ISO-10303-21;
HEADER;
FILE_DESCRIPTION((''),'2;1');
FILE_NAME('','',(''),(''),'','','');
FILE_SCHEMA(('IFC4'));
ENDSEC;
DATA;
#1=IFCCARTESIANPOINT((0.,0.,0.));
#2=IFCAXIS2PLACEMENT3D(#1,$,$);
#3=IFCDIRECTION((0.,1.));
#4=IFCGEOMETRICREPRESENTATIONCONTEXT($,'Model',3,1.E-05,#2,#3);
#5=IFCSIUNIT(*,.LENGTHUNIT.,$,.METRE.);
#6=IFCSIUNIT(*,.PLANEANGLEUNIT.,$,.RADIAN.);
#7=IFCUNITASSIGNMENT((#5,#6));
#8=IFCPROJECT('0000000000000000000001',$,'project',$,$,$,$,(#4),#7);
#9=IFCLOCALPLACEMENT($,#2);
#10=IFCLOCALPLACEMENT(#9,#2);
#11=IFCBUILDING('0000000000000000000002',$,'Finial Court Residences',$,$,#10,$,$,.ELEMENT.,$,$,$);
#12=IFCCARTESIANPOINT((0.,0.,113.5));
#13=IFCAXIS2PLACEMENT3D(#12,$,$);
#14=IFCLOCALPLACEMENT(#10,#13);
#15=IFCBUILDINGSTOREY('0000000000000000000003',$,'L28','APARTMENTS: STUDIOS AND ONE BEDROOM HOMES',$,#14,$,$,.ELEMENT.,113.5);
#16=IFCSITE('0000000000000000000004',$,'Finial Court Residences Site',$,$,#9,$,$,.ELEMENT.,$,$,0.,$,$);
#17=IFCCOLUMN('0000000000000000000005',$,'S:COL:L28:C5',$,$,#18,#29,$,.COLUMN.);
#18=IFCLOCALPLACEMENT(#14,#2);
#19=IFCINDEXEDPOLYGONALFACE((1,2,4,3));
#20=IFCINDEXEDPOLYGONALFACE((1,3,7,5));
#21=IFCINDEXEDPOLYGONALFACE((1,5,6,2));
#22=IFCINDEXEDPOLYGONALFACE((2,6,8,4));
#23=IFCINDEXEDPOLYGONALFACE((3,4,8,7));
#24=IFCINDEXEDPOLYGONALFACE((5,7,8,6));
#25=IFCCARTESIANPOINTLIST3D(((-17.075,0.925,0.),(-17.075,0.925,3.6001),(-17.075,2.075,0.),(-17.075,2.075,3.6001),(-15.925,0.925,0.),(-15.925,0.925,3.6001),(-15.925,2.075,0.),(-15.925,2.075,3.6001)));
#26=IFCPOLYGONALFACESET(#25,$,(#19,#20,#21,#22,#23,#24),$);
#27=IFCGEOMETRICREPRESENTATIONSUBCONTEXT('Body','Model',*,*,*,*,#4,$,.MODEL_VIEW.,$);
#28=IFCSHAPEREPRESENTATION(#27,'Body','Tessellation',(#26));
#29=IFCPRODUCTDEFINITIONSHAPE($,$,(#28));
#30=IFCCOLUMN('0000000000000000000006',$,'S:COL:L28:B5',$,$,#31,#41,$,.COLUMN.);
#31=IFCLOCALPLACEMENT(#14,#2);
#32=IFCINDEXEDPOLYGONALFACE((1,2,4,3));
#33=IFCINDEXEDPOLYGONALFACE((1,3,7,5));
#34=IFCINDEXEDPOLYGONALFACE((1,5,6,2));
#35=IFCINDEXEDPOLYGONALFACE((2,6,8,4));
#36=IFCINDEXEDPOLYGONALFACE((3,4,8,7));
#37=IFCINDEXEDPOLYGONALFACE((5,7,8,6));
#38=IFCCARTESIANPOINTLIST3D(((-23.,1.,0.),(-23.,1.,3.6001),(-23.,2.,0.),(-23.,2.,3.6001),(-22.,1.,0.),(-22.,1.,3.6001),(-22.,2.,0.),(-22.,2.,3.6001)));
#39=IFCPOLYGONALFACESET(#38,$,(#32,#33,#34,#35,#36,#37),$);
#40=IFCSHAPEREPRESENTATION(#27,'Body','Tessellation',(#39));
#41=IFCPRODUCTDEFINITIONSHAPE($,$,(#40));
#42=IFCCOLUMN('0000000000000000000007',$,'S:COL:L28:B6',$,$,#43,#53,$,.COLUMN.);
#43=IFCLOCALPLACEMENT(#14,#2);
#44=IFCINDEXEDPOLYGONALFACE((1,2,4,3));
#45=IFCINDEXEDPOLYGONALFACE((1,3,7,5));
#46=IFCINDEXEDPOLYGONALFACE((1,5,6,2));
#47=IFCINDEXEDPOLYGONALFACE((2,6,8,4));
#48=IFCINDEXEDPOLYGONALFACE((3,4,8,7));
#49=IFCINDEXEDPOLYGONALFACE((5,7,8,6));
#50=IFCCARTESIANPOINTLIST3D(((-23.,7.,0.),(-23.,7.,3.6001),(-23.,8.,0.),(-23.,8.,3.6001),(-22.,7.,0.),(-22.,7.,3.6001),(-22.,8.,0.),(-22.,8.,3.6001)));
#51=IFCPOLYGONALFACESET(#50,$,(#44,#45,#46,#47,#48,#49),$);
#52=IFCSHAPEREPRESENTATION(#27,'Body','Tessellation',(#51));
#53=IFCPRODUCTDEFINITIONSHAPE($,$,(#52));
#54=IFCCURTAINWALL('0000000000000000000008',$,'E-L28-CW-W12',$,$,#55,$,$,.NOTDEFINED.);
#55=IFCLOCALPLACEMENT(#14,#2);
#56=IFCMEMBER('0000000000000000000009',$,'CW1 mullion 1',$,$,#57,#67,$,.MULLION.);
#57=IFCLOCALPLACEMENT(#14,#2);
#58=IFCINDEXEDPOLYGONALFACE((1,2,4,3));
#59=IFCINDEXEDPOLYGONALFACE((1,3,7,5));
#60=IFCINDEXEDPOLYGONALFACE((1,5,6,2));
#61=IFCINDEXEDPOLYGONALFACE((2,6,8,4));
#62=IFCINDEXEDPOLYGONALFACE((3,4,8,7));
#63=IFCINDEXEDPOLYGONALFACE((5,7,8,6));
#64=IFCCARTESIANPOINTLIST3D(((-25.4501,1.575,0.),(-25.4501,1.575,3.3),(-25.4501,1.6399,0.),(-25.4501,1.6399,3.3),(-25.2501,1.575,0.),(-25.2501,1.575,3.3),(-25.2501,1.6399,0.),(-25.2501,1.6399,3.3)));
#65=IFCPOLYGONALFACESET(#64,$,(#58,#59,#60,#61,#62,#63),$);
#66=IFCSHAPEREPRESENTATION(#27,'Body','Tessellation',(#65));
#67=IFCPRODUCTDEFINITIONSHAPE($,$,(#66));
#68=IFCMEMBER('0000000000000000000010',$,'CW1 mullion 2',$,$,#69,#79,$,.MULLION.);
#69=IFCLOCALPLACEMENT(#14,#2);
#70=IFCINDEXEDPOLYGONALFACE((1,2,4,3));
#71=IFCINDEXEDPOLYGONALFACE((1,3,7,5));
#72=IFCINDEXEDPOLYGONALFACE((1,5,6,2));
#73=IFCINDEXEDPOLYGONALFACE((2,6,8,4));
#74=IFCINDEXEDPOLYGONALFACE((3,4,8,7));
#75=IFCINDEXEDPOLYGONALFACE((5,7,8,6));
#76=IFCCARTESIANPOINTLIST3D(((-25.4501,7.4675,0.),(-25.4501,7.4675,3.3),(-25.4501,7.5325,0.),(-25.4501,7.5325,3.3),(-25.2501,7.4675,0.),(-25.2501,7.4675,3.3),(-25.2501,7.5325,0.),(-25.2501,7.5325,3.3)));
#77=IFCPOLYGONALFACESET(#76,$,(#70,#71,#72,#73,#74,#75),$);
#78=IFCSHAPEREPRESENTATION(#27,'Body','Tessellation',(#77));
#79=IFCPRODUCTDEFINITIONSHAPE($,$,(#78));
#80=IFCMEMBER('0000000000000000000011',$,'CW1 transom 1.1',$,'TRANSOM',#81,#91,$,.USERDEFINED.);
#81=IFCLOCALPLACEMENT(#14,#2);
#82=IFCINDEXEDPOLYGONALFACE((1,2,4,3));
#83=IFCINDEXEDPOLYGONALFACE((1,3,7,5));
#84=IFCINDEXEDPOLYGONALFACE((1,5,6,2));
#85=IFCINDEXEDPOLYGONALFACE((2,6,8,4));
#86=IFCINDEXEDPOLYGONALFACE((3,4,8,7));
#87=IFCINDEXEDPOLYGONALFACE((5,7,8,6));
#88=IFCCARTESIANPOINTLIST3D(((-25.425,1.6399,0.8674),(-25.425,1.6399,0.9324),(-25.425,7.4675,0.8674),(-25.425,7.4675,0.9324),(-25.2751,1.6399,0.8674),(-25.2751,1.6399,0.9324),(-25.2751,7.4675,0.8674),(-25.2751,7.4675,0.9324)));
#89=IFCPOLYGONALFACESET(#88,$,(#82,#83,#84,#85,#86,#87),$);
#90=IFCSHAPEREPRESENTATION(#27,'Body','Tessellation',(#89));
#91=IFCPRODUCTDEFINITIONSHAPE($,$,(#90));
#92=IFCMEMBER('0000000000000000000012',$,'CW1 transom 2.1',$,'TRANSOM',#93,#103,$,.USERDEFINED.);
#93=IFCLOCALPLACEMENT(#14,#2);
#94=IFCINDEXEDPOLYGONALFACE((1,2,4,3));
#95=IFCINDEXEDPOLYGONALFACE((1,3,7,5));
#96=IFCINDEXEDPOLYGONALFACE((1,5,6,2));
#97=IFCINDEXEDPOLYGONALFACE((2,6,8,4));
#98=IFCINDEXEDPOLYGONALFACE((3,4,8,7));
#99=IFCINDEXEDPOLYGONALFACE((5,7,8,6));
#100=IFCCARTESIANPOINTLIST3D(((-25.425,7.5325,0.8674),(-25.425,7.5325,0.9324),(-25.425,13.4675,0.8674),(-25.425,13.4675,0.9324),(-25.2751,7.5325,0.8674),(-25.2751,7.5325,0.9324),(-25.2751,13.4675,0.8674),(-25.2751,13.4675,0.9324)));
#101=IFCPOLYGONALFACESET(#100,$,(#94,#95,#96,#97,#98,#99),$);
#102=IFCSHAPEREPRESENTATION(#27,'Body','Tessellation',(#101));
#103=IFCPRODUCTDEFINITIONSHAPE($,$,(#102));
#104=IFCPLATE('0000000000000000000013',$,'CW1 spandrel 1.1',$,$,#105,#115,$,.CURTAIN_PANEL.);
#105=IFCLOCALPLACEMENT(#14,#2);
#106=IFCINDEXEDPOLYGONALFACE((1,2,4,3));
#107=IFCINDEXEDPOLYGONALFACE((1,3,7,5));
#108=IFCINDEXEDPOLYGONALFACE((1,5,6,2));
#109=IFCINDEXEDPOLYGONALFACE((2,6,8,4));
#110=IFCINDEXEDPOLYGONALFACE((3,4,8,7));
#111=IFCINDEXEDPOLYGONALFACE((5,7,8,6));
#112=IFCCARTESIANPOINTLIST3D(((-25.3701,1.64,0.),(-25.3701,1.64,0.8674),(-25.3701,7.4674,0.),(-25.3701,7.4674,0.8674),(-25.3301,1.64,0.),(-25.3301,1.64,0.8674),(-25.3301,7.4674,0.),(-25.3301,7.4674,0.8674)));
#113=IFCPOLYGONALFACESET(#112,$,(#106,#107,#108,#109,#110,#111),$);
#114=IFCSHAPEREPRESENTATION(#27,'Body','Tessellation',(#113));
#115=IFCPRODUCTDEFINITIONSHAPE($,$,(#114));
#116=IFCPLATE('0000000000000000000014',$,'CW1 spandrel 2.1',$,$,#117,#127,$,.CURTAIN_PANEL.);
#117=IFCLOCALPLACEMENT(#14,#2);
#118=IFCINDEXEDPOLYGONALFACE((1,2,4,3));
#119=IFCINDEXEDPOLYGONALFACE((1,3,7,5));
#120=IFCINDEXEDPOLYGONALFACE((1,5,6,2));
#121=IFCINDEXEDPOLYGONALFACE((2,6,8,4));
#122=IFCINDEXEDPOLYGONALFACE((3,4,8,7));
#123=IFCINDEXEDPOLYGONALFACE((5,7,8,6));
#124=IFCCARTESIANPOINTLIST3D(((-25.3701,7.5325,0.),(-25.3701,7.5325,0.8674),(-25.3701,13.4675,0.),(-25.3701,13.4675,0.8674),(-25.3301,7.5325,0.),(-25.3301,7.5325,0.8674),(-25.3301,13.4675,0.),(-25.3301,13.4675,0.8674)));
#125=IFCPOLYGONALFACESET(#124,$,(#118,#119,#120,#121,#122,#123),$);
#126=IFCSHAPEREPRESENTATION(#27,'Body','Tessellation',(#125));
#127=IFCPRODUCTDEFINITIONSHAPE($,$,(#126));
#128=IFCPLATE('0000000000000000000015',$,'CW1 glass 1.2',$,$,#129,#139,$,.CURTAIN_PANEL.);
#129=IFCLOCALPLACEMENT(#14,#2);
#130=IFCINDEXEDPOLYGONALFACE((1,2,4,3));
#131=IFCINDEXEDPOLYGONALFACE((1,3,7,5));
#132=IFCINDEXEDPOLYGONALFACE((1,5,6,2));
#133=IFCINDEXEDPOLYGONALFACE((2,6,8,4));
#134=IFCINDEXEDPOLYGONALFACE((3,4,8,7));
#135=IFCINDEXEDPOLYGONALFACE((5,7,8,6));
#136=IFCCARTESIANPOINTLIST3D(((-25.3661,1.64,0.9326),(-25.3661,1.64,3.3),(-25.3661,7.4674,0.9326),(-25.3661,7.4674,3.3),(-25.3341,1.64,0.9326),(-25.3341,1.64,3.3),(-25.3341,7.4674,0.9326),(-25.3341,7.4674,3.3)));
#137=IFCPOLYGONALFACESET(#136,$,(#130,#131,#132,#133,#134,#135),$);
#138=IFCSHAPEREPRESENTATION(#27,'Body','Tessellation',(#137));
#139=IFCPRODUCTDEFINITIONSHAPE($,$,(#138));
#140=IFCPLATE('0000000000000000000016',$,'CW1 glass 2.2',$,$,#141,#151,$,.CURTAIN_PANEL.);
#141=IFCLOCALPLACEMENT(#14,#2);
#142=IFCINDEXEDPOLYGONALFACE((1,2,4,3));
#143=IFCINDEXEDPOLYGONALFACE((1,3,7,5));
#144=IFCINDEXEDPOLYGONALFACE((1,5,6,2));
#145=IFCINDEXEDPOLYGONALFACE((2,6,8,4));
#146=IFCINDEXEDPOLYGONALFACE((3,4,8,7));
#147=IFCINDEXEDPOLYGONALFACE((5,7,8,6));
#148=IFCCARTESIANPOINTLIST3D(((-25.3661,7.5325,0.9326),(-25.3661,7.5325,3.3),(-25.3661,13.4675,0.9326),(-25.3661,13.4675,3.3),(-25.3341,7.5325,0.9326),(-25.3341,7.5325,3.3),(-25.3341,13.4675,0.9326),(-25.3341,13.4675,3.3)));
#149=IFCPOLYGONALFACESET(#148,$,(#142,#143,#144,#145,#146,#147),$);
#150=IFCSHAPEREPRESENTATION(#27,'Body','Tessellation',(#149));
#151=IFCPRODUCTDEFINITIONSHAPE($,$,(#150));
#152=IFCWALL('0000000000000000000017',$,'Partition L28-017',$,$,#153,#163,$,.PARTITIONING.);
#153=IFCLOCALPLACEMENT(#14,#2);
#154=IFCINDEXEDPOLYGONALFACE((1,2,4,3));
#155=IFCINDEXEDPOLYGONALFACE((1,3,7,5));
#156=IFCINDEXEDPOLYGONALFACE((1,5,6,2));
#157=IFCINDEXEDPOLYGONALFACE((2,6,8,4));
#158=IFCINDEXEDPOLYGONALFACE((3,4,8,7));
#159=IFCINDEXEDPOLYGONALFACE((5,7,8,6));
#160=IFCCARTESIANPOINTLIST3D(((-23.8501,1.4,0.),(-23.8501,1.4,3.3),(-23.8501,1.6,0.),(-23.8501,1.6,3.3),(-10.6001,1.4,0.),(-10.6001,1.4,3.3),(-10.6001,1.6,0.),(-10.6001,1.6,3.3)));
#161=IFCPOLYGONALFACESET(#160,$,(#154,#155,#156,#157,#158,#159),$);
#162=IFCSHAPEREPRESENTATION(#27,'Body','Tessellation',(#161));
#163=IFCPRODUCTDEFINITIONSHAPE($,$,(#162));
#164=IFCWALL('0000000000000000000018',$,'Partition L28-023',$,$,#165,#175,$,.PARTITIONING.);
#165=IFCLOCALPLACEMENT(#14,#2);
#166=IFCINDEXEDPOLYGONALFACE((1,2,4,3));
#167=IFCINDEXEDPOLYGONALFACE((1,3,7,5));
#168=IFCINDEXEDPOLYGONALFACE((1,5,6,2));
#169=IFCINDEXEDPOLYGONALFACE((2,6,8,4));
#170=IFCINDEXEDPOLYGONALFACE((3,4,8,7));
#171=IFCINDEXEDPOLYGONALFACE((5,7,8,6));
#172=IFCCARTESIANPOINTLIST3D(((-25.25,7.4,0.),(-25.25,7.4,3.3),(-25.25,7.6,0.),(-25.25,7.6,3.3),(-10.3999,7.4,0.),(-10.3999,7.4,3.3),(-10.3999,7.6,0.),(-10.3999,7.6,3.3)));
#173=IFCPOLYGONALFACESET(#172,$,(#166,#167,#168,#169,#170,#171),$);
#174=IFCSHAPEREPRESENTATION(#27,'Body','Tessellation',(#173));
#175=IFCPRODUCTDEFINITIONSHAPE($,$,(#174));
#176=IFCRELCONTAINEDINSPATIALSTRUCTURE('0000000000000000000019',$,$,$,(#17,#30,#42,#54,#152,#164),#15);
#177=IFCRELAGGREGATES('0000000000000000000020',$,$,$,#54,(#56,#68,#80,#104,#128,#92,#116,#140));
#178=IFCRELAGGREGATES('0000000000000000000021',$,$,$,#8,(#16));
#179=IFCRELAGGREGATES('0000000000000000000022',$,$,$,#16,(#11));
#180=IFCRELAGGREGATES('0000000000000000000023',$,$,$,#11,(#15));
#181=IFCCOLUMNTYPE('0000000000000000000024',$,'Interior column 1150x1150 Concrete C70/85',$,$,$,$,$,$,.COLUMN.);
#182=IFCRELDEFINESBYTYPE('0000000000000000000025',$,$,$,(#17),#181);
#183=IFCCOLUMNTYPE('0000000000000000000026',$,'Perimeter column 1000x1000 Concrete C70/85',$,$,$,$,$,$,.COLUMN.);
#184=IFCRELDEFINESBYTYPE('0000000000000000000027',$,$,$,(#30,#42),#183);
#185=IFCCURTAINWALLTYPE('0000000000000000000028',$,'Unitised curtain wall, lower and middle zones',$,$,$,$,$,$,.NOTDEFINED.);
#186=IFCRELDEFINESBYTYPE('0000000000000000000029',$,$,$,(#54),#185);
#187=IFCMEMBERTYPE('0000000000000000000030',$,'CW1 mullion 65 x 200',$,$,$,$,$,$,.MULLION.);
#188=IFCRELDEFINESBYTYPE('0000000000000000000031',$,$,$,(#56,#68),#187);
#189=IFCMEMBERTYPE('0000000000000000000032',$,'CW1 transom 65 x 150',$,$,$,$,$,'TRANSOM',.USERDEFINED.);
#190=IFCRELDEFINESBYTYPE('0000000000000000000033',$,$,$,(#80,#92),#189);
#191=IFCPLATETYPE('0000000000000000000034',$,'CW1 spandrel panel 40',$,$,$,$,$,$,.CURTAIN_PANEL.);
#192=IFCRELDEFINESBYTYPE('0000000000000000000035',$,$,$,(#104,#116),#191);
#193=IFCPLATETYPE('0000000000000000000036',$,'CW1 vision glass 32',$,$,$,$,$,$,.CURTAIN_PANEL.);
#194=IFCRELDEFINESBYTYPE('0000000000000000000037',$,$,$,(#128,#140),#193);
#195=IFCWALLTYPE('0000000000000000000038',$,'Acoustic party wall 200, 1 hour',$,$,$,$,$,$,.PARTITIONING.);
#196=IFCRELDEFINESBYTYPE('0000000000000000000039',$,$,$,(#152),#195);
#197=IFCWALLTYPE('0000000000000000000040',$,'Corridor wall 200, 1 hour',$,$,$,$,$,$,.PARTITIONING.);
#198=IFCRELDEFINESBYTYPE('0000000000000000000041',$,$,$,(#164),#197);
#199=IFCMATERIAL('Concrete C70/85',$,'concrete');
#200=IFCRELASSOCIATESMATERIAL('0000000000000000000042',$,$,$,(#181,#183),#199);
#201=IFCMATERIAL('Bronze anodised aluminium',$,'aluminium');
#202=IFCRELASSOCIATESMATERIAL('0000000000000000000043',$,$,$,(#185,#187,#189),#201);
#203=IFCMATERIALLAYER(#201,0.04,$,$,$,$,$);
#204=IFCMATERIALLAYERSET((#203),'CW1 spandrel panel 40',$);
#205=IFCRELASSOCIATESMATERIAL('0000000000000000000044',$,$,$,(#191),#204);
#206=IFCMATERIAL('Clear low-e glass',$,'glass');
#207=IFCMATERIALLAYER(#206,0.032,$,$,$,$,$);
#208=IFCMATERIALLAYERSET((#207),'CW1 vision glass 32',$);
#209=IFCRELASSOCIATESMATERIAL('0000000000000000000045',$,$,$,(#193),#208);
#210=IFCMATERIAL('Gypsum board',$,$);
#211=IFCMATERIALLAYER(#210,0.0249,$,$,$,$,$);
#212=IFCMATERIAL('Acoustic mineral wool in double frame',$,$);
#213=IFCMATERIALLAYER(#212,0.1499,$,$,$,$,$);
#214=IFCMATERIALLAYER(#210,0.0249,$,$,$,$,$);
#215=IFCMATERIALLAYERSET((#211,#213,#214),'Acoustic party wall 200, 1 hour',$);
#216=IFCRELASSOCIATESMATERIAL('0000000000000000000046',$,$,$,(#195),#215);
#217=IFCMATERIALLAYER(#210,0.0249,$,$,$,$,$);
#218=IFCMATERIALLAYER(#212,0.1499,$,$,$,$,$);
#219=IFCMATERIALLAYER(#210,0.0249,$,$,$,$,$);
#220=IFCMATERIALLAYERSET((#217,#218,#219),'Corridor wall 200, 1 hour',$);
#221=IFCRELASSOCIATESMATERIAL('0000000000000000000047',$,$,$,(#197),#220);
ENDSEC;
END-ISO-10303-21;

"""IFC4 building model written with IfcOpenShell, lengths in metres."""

from ifc_helpers import new_model, si_unit, direction, frame, frame_2d, origin, origin_2d, place, context, subcontext, project, spatial, rectangle, extrude, material, layer, layer_set, material_profile, profile_set, type_object, element, aggregate, save


model = new_model("IFC4")

# Units and contexts
model_context = context("Model", 3, precision=1e-05, world=origin(), true_north=direction((0.0, 1.0)))
body_context = subcontext(model_context, "Body", "Model", "MODEL_VIEW")
ifc_project = project(units=[si_unit("LENGTHUNIT", "METRE"), si_unit("PLANEANGLEUNIT", "RADIAN")], contexts=[model_context])

# Site, building, storey
site_placement = place(None, origin())
site = spatial("IfcSite", under=ifc_project, at=site_placement, Name="Finial Court Residences Site", CompositionType="ELEMENT", RefElevation=0.0)
building_placement = place(site_placement, origin())
building = spatial("IfcBuilding", under=site, at=building_placement, Name="Finial Court Residences", CompositionType="ELEMENT")
storey_placement = place(building_placement, frame((0.0, 0.0, 113.5)))
storey = spatial("IfcBuildingStorey", under=building, at=storey_placement, Name="L28", Description="APARTMENTS: STUDIOS AND ONE BEDROOM HOMES", CompositionType="ELEMENT", Elevation=113.5)

# Columns
ifc_material_1 = material(Name="Concrete C70/85", Category="concrete")
ifc_material_profile_1 = material_profile(ifc_material_1, rectangle(XDim=1.1499, YDim=1.1499, at=origin_2d()), Name="1150x1150")
ifc_profile_set_1 = profile_set([ifc_material_profile_1], Name="Concrete C70/85")
column_type_1 = type_object("IfcColumnType", Name="Interior column 1150x1150 Concrete C70/85", PredefinedType="COLUMN", material=ifc_profile_set_1)
column_placement = place(storey_placement, frame((-16.5, 1.5, 0.0), z_axis=(0.0, 0.0, 1.0), x_axis=(1.0, 0.0, 0.0)))
element("IfcColumn", 1, at=column_placement, inside=storey, type_object=column_type_1, Name="S:COL:L28:C5", PredefinedType="COLUMN", context=body_context, shape_type="SweptSolid", body=[
    extrude(rectangle(XDim=1.1499, YDim=1.1499, at=origin_2d()), origin(), (0.0, 0.0, 1.0), 3.6001),
])
ifc_material_profile_2 = material_profile(ifc_material_1, rectangle(XDim=1.0, YDim=1.0, at=origin_2d()), Name="1000x1000")
ifc_profile_set_2 = profile_set([ifc_material_profile_2], Name="Concrete C70/85")
column_type_2 = type_object("IfcColumnType", Name="Perimeter column 1000x1000 Concrete C70/85", PredefinedType="COLUMN", material=ifc_profile_set_2)
for number, where, z_axis, x_axis, name in (
    (2, (-22.5, 1.5, 0.0), (0.0, 0.0, 1.0), (1.0, 0.0, 0.0), "S:COL:L28:B5"),
    (3, (-22.5, 7.5, 0.0), (0.0, 0.0, 1.0), (1.0, 0.0, 0.0), "S:COL:L28:B6"),
):
    element("IfcColumn", number, at=place(storey_placement, frame(where, z_axis=z_axis, x_axis=x_axis)), inside=storey, type_object=column_type_2, Name=name, PredefinedType="COLUMN", context=body_context, shape_type="SweptSolid", body=[
        extrude(rectangle(XDim=1.0, YDim=1.0, at=origin_2d()), origin(), (0.0, 0.0, 1.0), 3.6001),
    ])

# Curtain wall, members, plates
ifc_material_2 = material(Name="Bronze anodised aluminium", Category="aluminium")
curtain_wall_type = type_object("IfcCurtainWallType", Name="Unitised curtain wall, lower and middle zones", PredefinedType="NOTDEFINED", material=ifc_material_2)
curtain_wall_placement = place(storey_placement, origin())
curtain_wall = element("IfcCurtainWall", 4, at=curtain_wall_placement, inside=storey, type_object=curtain_wall_type, Name="E-L28-CW-W12", PredefinedType="NOTDEFINED")
ifc_material_profile_3 = material_profile(ifc_material_2, rectangle(XDim=0.2, YDim=0.0649, at=origin_2d()), Name="CW1 mullion 65 x 200")
ifc_profile_set_3 = profile_set([ifc_material_profile_3], Name="Bronze anodised aluminium")
member_type_1 = type_object("IfcMemberType", Name="CW1 mullion 65 x 200", PredefinedType="MULLION", material=ifc_profile_set_3)
member_1_placement = place(storey_placement, frame((-25.3501, 1.6074, 0.0), z_axis=(0.0, 0.0, 1.0), x_axis=(-1.0, 0.0, 0.0)))
member_1 = element("IfcMember", 5, at=member_1_placement, type_object=member_type_1, Name="CW1 mullion 1", PredefinedType="MULLION", context=body_context, shape_type="SweptSolid", body=[
    extrude(rectangle(XDim=0.2, YDim=0.0649, at=origin_2d()), origin(), (0.0, 0.0, 1.0), 3.3),
])
member_2_placement = place(storey_placement, frame((-25.3501, 7.5, 0.0), z_axis=(0.0, 0.0, 1.0), x_axis=(-1.0, 0.0, 0.0)))
member_2 = element("IfcMember", 6, at=member_2_placement, type_object=member_type_1, Name="CW1 mullion 2", PredefinedType="MULLION", context=body_context, shape_type="SweptSolid", body=[
    extrude(rectangle(XDim=0.2, YDim=0.0649, at=origin_2d()), origin(), (0.0, 0.0, 1.0), 3.3),
])
ifc_material_profile_4 = material_profile(ifc_material_2, rectangle(XDim=0.1499, YDim=0.0649, at=origin_2d()), Name="CW1 transom 65 x 150")
ifc_profile_set_4 = profile_set([ifc_material_profile_4], Name="Bronze anodised aluminium")
member_type_2 = type_object("IfcMemberType", Name="CW1 transom 65 x 150", ElementType="TRANSOM", PredefinedType="USERDEFINED", material=ifc_profile_set_4)
member_3_placement = place(storey_placement, frame((-25.3501, 1.6399, 0.8999), z_axis=(0.0, 1.0, 0.0), x_axis=(-1.0, 0.0, 0.0)))
member_3 = element("IfcMember", 7, at=member_3_placement, type_object=member_type_2, Name="CW1 transom 1.1", ObjectType="TRANSOM", PredefinedType="USERDEFINED", context=body_context, shape_type="SweptSolid", body=[
    extrude(rectangle(XDim=0.1499, YDim=0.0649, at=origin_2d()), origin(), (0.0, 0.0, 1.0), 5.8276),
])
member_4_placement = place(storey_placement, frame((-25.3501, 7.5325, 0.8999), z_axis=(0.0, 1.0, 0.0), x_axis=(-1.0, 0.0, 0.0)))
member_4 = element("IfcMember", 8, at=member_4_placement, type_object=member_type_2, Name="CW1 transom 2.1", ObjectType="TRANSOM", PredefinedType="USERDEFINED", context=body_context, shape_type="SweptSolid", body=[
    extrude(rectangle(XDim=0.1499, YDim=0.0649, at=origin_2d()), origin(), (0.0, 0.0, 1.0), 5.9351),
])
ifc_layer_1 = layer(ifc_material_2, 0.04)
ifc_layer_set_1 = layer_set([ifc_layer_1], Name="CW1 spandrel panel 40")
plate_type_1 = type_object("IfcPlateType", Name="CW1 spandrel panel 40", PredefinedType="CURTAIN_PANEL", material=ifc_layer_set_1)
plate_1_placement = place(storey_placement, frame((-25.3501, 4.5537, 0.0), z_axis=(0.0, 0.0, 1.0), x_axis=(0.0, 1.0, 0.0)))
plate_1 = element("IfcPlate", 9, at=plate_1_placement, type_object=plate_type_1, Name="CW1 spandrel 1.1", PredefinedType="CURTAIN_PANEL", context=body_context, shape_type="SweptSolid", body=[
    extrude(rectangle(XDim=5.8274, YDim=0.04, at=origin_2d()), origin(), (0.0, 0.0, 1.0), 0.8674),
])
plate_2_placement = place(storey_placement, frame((-25.3501, 10.5, 0.0), z_axis=(0.0, 0.0, 1.0), x_axis=(0.0, 1.0, 0.0)))
plate_2 = element("IfcPlate", 10, at=plate_2_placement, type_object=plate_type_1, Name="CW1 spandrel 2.1", PredefinedType="CURTAIN_PANEL", context=body_context, shape_type="SweptSolid", body=[
    extrude(rectangle(XDim=5.9351, YDim=0.04, at=origin_2d()), origin(), (0.0, 0.0, 1.0), 0.8674),
])
ifc_material_3 = material(Name="Clear low-e glass", Category="glass")
ifc_layer_2 = layer(ifc_material_3, 0.032)
ifc_layer_set_2 = layer_set([ifc_layer_2], Name="CW1 vision glass 32")
plate_type_2 = type_object("IfcPlateType", Name="CW1 vision glass 32", PredefinedType="CURTAIN_PANEL", material=ifc_layer_set_2)
plate_3_placement = place(storey_placement, frame((-25.3501, 4.5537, 0.9326), z_axis=(0.0, 0.0, 1.0), x_axis=(0.0, 1.0, 0.0)))
plate_3 = element("IfcPlate", 11, at=plate_3_placement, type_object=plate_type_2, Name="CW1 glass 1.2", PredefinedType="CURTAIN_PANEL", context=body_context, shape_type="SweptSolid", body=[
    extrude(rectangle(XDim=5.8274, YDim=0.032, at=origin_2d()), origin(), (0.0, 0.0, 1.0), 2.3674),
])
plate_4_placement = place(storey_placement, frame((-25.3501, 10.5, 0.9326), z_axis=(0.0, 0.0, 1.0), x_axis=(0.0, 1.0, 0.0)))
plate_4 = element("IfcPlate", 12, at=plate_4_placement, type_object=plate_type_2, Name="CW1 glass 2.2", PredefinedType="CURTAIN_PANEL", context=body_context, shape_type="SweptSolid", body=[
    extrude(rectangle(XDim=5.9351, YDim=0.032, at=origin_2d()), origin(), (0.0, 0.0, 1.0), 2.3674),
])
aggregate(curtain_wall, [member_1, member_2, member_3, plate_1, plate_3, member_4, plate_2, plate_4])

# Walls
ifc_material_4 = material(Name="Gypsum board")
ifc_layer_3 = layer(ifc_material_4, 0.0249)
ifc_material_5 = material(Name="Acoustic mineral wool in double frame")
ifc_layer_4 = layer(ifc_material_5, 0.1499)
ifc_layer_5 = layer(ifc_material_4, 0.0249)
ifc_layer_set_3 = layer_set([ifc_layer_3, ifc_layer_4, ifc_layer_5], Name="Acoustic party wall 200, 1 hour")
wall_type_1 = type_object("IfcWallType", Name="Acoustic party wall 200, 1 hour", PredefinedType="PARTITIONING", material=ifc_layer_set_3)
wall_1_placement = place(storey_placement, frame((-23.8501, 1.5, 0.0), z_axis=(0.0, 0.0, 1.0), x_axis=(1.0, 0.0, 0.0)))
element("IfcWall", 13, at=wall_1_placement, inside=storey, type_object=wall_type_1, Name="Partition L28-017", PredefinedType="PARTITIONING", context=body_context, shape_type="SweptSolid", body=[
    extrude(rectangle(XDim=13.25, YDim=0.2, at=frame_2d((6.625, 0.0))), origin(), (0.0, 0.0, 1.0), 3.3),
])
ifc_layer_6 = layer(ifc_material_4, 0.0249)
ifc_layer_7 = layer(ifc_material_5, 0.1499)
ifc_layer_8 = layer(ifc_material_4, 0.0249)
ifc_layer_set_4 = layer_set([ifc_layer_6, ifc_layer_7, ifc_layer_8], Name="Corridor wall 200, 1 hour")
wall_type_2 = type_object("IfcWallType", Name="Corridor wall 200, 1 hour", PredefinedType="PARTITIONING", material=ifc_layer_set_4)
wall_2_placement = place(storey_placement, frame((-25.25, 7.5, 0.0), z_axis=(0.0, 0.0, 1.0), x_axis=(1.0, 0.0, 0.0)))
element("IfcWall", 14, at=wall_2_placement, inside=storey, type_object=wall_type_2, Name="Partition L28-023", PredefinedType="PARTITIONING", context=body_context, shape_type="SweptSolid", body=[
    extrude(rectangle(XDim=14.8501, YDim=0.2, at=frame_2d((7.425, 0.0))), origin(), (0.0, 0.0, 1.0), 3.3),
])

save(model, "model.ifc")
